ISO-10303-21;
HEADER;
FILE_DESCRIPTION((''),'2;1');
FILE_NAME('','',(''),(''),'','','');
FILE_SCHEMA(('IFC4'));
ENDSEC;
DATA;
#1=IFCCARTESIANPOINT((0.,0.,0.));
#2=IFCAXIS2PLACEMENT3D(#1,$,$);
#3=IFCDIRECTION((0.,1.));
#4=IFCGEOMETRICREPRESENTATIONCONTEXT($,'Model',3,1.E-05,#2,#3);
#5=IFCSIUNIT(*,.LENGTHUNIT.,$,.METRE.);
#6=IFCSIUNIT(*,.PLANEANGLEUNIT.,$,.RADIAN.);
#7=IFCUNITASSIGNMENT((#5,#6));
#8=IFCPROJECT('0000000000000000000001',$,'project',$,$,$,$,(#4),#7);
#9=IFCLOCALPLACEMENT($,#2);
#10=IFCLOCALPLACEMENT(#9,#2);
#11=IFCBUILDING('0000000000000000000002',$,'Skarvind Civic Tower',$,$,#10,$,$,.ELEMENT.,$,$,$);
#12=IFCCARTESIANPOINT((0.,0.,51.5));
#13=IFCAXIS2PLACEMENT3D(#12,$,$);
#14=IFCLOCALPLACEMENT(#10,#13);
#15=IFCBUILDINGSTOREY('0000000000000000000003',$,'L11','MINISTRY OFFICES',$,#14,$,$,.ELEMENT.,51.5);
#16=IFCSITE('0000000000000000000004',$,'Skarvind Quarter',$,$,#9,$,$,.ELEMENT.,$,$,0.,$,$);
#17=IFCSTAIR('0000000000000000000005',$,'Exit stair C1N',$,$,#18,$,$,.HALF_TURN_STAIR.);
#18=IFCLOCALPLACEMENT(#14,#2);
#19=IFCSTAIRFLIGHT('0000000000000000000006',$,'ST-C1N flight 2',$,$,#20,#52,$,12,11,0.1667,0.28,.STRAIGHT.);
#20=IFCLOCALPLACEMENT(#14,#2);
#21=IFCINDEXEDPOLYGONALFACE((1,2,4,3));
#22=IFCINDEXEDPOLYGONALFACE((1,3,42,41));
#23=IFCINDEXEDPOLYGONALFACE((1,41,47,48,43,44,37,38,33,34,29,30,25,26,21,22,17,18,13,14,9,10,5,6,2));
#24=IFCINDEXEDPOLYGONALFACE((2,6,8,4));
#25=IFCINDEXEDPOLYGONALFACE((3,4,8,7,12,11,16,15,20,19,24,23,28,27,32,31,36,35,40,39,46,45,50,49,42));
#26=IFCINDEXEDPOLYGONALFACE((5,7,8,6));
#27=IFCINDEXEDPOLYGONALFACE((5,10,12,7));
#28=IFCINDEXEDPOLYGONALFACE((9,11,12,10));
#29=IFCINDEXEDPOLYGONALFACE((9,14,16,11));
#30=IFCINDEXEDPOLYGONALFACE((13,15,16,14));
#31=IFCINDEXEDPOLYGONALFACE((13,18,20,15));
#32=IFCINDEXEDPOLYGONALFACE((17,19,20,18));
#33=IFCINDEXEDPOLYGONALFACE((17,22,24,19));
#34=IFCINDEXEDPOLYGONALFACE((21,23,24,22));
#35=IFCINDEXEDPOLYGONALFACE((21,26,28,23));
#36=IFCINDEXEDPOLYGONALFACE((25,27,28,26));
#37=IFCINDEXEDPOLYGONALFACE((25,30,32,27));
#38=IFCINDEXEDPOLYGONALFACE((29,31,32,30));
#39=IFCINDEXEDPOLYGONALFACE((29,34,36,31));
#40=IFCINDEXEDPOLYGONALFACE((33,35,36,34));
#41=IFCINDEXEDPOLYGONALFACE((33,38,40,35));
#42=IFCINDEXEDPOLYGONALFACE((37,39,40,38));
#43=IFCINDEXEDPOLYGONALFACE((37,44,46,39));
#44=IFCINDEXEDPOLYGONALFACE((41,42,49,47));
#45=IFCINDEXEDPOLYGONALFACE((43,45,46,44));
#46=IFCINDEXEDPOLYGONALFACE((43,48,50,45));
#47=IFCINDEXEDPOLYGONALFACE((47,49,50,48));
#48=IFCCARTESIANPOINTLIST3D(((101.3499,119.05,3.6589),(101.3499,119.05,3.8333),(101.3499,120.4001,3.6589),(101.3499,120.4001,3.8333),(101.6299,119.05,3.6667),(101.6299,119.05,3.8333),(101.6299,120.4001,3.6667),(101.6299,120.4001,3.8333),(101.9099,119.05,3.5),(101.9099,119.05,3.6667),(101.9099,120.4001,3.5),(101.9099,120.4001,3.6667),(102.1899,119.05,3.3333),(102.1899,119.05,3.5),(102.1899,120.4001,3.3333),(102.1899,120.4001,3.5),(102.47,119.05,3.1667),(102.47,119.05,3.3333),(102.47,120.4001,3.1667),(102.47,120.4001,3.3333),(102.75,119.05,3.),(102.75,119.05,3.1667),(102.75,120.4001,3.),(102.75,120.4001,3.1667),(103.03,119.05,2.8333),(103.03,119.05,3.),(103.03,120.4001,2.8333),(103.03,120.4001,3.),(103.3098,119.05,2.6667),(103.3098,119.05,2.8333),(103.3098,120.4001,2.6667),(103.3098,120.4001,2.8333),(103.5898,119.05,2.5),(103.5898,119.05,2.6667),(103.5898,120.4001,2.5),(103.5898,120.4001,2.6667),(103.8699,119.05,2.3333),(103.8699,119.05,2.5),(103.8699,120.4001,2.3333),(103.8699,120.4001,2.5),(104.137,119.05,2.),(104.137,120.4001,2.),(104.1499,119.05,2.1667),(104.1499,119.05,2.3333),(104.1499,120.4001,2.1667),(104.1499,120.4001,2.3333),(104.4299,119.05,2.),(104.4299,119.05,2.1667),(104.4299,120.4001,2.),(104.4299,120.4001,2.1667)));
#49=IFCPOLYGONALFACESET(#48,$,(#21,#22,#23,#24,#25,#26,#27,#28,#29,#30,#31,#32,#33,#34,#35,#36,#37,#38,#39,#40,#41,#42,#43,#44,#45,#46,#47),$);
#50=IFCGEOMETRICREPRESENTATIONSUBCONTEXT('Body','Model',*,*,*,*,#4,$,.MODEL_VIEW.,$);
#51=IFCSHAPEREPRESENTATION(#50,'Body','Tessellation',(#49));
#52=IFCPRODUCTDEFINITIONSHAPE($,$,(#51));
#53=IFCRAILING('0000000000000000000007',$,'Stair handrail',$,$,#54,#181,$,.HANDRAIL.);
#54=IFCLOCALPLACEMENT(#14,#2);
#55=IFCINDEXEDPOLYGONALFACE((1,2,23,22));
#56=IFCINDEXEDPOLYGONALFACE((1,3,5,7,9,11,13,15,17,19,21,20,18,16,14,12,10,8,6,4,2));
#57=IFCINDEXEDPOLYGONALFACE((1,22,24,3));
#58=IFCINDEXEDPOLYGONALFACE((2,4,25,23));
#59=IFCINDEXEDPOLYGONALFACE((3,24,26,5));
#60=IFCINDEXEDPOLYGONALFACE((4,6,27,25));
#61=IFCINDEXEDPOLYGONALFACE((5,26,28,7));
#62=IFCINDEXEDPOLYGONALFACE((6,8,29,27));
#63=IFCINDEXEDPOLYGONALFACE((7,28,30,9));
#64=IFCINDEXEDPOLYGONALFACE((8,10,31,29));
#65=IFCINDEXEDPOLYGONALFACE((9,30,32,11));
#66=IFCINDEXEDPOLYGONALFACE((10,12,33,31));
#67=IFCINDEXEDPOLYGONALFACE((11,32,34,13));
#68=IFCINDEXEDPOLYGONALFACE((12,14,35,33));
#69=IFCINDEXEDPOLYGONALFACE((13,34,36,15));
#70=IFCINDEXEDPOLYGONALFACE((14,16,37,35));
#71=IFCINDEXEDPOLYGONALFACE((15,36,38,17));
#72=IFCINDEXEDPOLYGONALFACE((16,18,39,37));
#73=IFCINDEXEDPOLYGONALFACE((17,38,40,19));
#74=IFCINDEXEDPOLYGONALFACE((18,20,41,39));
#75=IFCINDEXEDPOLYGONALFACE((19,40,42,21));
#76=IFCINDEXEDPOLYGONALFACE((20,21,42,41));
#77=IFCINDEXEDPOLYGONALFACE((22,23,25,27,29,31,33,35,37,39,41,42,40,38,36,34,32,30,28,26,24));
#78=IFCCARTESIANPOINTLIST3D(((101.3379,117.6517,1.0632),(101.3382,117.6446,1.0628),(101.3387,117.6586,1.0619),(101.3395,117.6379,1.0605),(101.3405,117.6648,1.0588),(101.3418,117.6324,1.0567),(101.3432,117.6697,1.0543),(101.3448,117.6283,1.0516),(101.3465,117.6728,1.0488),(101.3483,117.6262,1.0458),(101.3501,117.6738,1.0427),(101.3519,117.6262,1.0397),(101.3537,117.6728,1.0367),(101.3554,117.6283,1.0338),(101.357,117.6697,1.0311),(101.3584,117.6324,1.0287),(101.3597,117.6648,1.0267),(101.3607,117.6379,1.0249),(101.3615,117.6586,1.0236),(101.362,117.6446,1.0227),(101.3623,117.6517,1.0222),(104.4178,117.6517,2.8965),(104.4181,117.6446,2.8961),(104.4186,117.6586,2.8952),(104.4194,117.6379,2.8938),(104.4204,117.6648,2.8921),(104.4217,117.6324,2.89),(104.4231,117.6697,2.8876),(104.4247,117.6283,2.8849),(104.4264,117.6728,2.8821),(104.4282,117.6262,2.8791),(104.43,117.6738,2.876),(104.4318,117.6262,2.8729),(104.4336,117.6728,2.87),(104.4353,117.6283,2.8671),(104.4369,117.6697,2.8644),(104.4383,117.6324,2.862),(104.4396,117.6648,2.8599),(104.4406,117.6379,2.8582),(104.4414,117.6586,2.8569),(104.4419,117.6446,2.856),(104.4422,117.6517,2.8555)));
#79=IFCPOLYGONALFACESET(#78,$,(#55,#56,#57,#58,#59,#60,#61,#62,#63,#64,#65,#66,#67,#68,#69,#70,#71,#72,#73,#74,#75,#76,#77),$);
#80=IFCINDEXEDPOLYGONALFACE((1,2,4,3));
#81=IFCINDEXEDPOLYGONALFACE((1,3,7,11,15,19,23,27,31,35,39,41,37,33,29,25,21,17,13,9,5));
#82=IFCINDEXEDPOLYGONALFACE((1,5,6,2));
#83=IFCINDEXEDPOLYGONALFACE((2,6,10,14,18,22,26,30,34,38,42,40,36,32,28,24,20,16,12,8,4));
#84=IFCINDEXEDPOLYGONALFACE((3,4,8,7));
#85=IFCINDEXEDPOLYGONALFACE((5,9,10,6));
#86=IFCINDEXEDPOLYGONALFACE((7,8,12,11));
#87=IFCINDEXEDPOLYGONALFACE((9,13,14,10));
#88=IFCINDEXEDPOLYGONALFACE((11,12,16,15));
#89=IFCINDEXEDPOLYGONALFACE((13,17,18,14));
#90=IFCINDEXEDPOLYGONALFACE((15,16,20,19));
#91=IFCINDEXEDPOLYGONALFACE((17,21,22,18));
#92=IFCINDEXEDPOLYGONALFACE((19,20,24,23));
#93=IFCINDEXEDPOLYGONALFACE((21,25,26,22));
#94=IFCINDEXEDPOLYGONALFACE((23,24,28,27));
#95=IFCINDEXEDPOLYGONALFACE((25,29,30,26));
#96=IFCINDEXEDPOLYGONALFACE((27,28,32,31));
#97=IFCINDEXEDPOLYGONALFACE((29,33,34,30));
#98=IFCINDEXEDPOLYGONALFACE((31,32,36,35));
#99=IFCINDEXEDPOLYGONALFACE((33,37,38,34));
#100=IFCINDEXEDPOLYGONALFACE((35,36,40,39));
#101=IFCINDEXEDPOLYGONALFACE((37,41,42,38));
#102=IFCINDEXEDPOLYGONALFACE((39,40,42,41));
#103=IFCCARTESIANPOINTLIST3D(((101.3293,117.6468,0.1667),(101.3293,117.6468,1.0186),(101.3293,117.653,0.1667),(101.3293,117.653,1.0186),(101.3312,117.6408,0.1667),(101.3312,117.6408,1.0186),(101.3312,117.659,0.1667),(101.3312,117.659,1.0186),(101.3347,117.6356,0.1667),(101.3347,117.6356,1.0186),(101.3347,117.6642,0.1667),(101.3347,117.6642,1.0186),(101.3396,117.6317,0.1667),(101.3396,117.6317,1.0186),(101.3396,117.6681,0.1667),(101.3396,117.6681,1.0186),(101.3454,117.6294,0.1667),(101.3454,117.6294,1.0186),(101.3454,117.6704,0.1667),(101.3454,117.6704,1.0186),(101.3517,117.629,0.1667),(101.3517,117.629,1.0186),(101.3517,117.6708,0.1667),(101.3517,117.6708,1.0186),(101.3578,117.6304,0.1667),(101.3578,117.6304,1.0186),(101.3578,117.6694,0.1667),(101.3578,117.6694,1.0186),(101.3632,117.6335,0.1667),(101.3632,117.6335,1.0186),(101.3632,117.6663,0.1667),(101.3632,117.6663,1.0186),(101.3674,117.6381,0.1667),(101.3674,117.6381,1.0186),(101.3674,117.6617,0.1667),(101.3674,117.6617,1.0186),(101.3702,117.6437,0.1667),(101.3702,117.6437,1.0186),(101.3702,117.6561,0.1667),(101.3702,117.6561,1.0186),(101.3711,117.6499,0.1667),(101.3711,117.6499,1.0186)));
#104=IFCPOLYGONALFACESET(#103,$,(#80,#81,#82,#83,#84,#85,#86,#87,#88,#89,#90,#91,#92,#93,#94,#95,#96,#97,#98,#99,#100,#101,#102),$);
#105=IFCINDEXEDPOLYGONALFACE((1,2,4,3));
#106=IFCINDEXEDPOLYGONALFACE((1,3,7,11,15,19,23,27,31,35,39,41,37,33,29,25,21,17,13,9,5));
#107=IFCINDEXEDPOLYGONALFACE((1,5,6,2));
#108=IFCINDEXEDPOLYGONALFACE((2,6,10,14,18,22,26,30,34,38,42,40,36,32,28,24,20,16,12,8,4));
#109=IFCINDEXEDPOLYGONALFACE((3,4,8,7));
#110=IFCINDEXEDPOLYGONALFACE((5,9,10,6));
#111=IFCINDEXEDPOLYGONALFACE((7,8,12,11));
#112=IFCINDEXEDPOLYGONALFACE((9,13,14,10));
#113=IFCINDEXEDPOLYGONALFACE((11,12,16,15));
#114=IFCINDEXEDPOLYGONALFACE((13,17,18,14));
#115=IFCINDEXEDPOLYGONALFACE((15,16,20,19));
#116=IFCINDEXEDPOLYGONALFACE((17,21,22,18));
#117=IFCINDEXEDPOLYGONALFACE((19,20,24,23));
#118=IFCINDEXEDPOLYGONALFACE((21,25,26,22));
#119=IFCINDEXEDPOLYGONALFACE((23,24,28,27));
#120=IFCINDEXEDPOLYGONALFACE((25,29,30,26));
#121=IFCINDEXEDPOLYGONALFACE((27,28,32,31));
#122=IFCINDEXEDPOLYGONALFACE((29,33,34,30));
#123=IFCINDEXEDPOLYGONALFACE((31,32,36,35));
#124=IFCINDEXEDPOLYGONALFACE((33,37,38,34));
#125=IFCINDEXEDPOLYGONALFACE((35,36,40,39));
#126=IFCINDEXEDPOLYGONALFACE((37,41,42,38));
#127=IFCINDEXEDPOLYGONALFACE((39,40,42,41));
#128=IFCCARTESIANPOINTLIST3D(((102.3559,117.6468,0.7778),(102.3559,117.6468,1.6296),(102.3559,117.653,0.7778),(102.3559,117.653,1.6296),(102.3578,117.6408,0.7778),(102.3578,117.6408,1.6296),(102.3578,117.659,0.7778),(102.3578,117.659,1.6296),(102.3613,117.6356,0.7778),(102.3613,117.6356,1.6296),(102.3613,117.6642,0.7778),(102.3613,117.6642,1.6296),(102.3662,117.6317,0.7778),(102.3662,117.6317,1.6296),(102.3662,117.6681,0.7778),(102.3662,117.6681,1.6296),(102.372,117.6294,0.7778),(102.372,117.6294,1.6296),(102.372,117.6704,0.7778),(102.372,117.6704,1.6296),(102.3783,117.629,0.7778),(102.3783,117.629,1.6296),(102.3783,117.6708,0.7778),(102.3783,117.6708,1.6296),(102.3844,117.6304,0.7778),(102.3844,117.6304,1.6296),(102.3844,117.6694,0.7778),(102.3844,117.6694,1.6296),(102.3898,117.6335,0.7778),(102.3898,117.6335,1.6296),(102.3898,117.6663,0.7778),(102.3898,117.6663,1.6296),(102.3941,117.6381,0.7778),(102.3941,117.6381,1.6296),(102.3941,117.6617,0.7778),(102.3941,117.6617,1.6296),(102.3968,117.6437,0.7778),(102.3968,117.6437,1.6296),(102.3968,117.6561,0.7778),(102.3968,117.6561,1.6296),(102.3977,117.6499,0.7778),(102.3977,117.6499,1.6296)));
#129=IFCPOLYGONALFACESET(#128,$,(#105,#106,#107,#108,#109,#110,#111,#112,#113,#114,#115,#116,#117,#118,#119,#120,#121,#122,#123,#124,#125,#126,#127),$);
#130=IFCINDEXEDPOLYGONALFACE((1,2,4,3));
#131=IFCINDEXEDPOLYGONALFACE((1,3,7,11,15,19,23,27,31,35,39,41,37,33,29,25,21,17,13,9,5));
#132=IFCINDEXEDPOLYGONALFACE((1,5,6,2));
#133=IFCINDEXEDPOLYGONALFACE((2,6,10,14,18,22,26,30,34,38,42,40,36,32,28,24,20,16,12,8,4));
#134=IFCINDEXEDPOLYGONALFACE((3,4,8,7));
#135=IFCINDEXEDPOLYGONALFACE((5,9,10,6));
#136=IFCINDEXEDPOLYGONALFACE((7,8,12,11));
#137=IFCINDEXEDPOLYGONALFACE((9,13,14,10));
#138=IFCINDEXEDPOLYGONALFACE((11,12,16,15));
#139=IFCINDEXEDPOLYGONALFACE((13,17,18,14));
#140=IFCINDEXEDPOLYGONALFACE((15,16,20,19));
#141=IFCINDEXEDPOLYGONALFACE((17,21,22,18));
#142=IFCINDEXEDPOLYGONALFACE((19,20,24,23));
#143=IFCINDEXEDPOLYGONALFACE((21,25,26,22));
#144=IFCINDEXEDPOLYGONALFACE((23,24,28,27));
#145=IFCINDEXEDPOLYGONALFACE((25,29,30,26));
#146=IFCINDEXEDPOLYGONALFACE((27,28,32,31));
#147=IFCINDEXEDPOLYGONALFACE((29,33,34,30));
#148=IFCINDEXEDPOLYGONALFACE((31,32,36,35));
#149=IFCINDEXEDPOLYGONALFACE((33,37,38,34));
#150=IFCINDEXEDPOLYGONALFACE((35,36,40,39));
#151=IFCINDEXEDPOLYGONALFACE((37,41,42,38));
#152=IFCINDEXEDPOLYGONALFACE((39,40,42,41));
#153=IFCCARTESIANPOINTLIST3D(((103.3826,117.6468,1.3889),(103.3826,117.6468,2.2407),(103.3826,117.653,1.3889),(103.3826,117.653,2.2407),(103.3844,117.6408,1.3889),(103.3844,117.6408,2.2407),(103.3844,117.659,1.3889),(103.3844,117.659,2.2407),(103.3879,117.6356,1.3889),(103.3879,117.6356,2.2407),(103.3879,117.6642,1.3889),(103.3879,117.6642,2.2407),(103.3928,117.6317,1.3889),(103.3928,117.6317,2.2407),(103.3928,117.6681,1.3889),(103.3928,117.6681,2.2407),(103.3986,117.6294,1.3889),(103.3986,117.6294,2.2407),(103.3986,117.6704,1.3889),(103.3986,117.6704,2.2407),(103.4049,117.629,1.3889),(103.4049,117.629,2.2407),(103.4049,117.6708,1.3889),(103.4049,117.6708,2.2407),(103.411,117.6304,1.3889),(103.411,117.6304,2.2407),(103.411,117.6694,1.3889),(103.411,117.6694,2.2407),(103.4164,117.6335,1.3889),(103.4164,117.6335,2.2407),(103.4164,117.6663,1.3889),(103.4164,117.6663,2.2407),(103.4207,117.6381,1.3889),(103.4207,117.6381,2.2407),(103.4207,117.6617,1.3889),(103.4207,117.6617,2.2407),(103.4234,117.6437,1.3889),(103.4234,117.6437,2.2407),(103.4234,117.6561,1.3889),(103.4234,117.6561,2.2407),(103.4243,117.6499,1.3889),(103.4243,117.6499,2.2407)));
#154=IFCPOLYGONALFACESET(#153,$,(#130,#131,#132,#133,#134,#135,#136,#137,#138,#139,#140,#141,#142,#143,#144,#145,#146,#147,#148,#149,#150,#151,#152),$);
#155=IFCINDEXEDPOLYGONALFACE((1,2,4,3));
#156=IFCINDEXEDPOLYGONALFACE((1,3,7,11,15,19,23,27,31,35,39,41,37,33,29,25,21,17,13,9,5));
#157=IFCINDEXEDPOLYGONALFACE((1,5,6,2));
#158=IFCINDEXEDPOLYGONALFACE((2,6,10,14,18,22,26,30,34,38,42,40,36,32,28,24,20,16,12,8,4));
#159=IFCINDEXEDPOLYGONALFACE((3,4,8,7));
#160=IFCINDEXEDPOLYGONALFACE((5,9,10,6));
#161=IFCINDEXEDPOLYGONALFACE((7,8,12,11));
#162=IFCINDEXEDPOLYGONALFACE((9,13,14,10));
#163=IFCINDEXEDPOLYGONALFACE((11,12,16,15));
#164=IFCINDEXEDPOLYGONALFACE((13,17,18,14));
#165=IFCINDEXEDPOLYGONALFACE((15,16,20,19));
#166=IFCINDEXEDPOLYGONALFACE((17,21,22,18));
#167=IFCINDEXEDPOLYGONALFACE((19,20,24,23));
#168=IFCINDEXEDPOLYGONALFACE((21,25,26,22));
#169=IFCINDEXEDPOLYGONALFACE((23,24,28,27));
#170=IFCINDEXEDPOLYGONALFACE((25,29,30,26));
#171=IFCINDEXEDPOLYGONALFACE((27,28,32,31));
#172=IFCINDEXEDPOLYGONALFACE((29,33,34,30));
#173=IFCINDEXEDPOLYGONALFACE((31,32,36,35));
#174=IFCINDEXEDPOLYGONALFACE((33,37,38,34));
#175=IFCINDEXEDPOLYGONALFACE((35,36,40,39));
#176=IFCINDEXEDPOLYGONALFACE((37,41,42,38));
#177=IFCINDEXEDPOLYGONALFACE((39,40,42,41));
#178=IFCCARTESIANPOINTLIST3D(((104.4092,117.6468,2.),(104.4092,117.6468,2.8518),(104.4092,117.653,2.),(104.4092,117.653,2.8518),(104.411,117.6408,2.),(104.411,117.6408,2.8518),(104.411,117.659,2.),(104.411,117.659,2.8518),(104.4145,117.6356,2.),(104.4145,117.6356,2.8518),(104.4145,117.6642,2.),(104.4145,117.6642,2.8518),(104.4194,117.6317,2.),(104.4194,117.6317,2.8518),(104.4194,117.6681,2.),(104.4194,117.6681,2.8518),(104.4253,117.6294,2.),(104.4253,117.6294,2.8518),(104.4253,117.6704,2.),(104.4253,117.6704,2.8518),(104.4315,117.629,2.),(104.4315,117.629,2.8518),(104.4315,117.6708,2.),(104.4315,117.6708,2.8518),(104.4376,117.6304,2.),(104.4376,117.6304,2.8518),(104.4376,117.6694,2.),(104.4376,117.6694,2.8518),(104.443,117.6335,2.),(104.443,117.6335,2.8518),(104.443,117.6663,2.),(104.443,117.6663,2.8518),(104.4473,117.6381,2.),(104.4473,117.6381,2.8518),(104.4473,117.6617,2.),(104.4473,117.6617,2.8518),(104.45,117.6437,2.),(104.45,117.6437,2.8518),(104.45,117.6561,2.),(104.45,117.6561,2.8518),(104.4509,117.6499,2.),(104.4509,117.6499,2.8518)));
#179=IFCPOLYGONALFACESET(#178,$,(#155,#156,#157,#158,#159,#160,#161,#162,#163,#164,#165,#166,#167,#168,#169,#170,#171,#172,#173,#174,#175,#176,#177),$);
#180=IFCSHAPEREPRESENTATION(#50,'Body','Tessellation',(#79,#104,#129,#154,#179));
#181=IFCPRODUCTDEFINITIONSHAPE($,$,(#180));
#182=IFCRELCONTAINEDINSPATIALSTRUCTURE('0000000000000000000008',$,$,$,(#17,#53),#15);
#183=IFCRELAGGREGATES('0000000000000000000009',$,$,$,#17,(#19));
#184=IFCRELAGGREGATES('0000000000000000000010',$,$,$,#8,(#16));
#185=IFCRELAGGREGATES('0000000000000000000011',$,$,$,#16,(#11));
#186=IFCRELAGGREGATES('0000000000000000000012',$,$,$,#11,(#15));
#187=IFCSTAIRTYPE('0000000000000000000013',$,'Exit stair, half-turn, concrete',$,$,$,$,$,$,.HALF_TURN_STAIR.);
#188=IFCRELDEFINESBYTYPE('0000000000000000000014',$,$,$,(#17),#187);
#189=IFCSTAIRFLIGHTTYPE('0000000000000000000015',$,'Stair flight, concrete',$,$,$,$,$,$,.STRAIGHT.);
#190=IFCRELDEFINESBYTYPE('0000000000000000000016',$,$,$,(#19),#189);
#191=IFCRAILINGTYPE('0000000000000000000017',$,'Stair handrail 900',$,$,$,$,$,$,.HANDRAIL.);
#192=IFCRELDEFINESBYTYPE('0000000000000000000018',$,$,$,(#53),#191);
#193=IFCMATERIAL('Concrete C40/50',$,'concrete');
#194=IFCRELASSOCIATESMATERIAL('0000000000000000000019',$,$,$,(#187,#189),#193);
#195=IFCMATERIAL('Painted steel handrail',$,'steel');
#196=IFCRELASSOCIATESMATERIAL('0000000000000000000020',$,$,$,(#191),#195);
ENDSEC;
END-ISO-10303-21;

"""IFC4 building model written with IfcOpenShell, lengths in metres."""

from ifc_helpers import new_model, si_unit, direction, frame, origin, origin_2d, place, context, subcontext, project, spatial, polyline, circle, outline, extrude, material, type_object, element, aggregate, save


model = new_model("IFC4")

# Units and contexts
model_context = context("Model", 3, precision=1e-05, world=origin(), true_north=direction((0.0, 1.0)))
body_context = subcontext(model_context, "Body", "Model", "MODEL_VIEW")
ifc_project = project(units=[si_unit("LENGTHUNIT", "METRE"), si_unit("PLANEANGLEUNIT", "RADIAN")], contexts=[model_context])

# Site, building, storey
site_placement = place(None, origin())
site = spatial("IfcSite", under=ifc_project, at=site_placement, Name="Skarvind Quarter", CompositionType="ELEMENT", RefElevation=0.0)
building_placement = place(site_placement, origin())
building = spatial("IfcBuilding", under=site, at=building_placement, Name="Skarvind Civic Tower", CompositionType="ELEMENT")
storey_placement = place(building_placement, frame((0.0, 0.0, 51.5)))
storey = spatial("IfcBuildingStorey", under=building, at=storey_placement, Name="L11", Description="MINISTRY OFFICES", CompositionType="ELEMENT", Elevation=51.5)

# Stair, stair flight
ifc_material_1 = material(Name="Concrete C40/50", Category="concrete")
stair_type = type_object("IfcStairType", Name="Exit stair, half-turn, concrete", PredefinedType="HALF_TURN_STAIR", material=ifc_material_1)
stair_placement = place(storey_placement, origin())
stair = element("IfcStair", 1, at=stair_placement, inside=storey, type_object=stair_type, Name="Exit stair C1N", PredefinedType="HALF_TURN_STAIR")
stair_flight_type = type_object("IfcStairFlightType", Name="Stair flight, concrete", PredefinedType="STRAIGHT", material=ifc_material_1)
stair_flight_1_placement = place(storey_placement, frame((104.4299, 119.7251, 2.0), z_axis=(0.0, 0.0, 1.0), x_axis=(-1.0, 0.0, 0.0)))
stair_flight_1 = element("IfcStairFlight", 2, at=stair_flight_1_placement, type_object=stair_flight_type, Name="ST-C1N flight 2", NumberOfRisers=12, NumberOfTreads=11, PredefinedType="STRAIGHT", RiserHeight=0.1667, TreadLength=0.28, context=body_context, shape_type="SweptSolid", body=[
    extrude(outline(polyline([(0.0, 0.0), (0.0, 0.1667), (0.28, 0.1667), (0.28, 0.3333), (0.5601, 0.3333), (0.5601, 0.5), (0.8401, 0.5), (0.8401, 0.6667), (1.1201, 0.6667), (1.1201, 0.8333), (1.3999, 0.8333), (1.3999, 1.0), (1.6799, 1.0), (1.6799, 1.1667), (1.96, 1.1667), (1.96, 1.3333), (2.24, 1.3333), (2.24, 1.5), (2.52, 1.5), (2.52, 1.6667), (2.8, 1.6667), (2.8, 1.8333), (3.0801, 1.8333), (3.0801, 2.0), (3.0801, 1.6589), (0.293, 0.0), (0.0, 0.0)])), frame((0.0, 0.675, 0.0), z_axis=(0.0, -1.0, 0.0), x_axis=(1.0, 0.0, 0.0)), (0.0, 0.0, 1.0), 1.3501),
])
aggregate(stair, [stair_flight_1])

# Railing
ifc_material_2 = material(Name="Painted steel handrail", Category="steel")
railing_type = type_object("IfcRailingType", Name="Stair handrail 900", PredefinedType="HANDRAIL", material=ifc_material_2)
railing_1_placement = place(storey_placement, frame((101.3501, 117.6499, 0.1667)))
element("IfcRailing", 3, at=railing_1_placement, inside=storey, type_object=railing_type, Name="Stair handrail", PredefinedType="HANDRAIL", context=body_context, shape_type="SweptSolid", body=[
    extrude(circle(Radius=0.0239, at=origin_2d()), frame((0.0, 0.0, 0.876), z_axis=(0.859291, 0.0, 0.511487), x_axis=(0.0, 1.0, 0.0)), (0.0, 0.0, 1.0), 3.5842),
    extrude(circle(Radius=0.021, at=origin_2d()), origin(), (0.0, 0.0, 1.0), 0.8518),
    extrude(circle(Radius=0.021, at=origin_2d()), frame((1.0266, 0.0, 0.6111)), (0.0, 0.0, 1.0), 0.8518),
    extrude(circle(Radius=0.021, at=origin_2d()), frame((2.0532, 0.0, 1.2222)), (0.0, 0.0, 1.0), 0.8518),
    extrude(circle(Radius=0.021, at=origin_2d()), frame((3.0798, 0.0, 1.8333)), (0.0, 0.0, 1.0), 0.8518),
])

save(model, "model.ifc")
